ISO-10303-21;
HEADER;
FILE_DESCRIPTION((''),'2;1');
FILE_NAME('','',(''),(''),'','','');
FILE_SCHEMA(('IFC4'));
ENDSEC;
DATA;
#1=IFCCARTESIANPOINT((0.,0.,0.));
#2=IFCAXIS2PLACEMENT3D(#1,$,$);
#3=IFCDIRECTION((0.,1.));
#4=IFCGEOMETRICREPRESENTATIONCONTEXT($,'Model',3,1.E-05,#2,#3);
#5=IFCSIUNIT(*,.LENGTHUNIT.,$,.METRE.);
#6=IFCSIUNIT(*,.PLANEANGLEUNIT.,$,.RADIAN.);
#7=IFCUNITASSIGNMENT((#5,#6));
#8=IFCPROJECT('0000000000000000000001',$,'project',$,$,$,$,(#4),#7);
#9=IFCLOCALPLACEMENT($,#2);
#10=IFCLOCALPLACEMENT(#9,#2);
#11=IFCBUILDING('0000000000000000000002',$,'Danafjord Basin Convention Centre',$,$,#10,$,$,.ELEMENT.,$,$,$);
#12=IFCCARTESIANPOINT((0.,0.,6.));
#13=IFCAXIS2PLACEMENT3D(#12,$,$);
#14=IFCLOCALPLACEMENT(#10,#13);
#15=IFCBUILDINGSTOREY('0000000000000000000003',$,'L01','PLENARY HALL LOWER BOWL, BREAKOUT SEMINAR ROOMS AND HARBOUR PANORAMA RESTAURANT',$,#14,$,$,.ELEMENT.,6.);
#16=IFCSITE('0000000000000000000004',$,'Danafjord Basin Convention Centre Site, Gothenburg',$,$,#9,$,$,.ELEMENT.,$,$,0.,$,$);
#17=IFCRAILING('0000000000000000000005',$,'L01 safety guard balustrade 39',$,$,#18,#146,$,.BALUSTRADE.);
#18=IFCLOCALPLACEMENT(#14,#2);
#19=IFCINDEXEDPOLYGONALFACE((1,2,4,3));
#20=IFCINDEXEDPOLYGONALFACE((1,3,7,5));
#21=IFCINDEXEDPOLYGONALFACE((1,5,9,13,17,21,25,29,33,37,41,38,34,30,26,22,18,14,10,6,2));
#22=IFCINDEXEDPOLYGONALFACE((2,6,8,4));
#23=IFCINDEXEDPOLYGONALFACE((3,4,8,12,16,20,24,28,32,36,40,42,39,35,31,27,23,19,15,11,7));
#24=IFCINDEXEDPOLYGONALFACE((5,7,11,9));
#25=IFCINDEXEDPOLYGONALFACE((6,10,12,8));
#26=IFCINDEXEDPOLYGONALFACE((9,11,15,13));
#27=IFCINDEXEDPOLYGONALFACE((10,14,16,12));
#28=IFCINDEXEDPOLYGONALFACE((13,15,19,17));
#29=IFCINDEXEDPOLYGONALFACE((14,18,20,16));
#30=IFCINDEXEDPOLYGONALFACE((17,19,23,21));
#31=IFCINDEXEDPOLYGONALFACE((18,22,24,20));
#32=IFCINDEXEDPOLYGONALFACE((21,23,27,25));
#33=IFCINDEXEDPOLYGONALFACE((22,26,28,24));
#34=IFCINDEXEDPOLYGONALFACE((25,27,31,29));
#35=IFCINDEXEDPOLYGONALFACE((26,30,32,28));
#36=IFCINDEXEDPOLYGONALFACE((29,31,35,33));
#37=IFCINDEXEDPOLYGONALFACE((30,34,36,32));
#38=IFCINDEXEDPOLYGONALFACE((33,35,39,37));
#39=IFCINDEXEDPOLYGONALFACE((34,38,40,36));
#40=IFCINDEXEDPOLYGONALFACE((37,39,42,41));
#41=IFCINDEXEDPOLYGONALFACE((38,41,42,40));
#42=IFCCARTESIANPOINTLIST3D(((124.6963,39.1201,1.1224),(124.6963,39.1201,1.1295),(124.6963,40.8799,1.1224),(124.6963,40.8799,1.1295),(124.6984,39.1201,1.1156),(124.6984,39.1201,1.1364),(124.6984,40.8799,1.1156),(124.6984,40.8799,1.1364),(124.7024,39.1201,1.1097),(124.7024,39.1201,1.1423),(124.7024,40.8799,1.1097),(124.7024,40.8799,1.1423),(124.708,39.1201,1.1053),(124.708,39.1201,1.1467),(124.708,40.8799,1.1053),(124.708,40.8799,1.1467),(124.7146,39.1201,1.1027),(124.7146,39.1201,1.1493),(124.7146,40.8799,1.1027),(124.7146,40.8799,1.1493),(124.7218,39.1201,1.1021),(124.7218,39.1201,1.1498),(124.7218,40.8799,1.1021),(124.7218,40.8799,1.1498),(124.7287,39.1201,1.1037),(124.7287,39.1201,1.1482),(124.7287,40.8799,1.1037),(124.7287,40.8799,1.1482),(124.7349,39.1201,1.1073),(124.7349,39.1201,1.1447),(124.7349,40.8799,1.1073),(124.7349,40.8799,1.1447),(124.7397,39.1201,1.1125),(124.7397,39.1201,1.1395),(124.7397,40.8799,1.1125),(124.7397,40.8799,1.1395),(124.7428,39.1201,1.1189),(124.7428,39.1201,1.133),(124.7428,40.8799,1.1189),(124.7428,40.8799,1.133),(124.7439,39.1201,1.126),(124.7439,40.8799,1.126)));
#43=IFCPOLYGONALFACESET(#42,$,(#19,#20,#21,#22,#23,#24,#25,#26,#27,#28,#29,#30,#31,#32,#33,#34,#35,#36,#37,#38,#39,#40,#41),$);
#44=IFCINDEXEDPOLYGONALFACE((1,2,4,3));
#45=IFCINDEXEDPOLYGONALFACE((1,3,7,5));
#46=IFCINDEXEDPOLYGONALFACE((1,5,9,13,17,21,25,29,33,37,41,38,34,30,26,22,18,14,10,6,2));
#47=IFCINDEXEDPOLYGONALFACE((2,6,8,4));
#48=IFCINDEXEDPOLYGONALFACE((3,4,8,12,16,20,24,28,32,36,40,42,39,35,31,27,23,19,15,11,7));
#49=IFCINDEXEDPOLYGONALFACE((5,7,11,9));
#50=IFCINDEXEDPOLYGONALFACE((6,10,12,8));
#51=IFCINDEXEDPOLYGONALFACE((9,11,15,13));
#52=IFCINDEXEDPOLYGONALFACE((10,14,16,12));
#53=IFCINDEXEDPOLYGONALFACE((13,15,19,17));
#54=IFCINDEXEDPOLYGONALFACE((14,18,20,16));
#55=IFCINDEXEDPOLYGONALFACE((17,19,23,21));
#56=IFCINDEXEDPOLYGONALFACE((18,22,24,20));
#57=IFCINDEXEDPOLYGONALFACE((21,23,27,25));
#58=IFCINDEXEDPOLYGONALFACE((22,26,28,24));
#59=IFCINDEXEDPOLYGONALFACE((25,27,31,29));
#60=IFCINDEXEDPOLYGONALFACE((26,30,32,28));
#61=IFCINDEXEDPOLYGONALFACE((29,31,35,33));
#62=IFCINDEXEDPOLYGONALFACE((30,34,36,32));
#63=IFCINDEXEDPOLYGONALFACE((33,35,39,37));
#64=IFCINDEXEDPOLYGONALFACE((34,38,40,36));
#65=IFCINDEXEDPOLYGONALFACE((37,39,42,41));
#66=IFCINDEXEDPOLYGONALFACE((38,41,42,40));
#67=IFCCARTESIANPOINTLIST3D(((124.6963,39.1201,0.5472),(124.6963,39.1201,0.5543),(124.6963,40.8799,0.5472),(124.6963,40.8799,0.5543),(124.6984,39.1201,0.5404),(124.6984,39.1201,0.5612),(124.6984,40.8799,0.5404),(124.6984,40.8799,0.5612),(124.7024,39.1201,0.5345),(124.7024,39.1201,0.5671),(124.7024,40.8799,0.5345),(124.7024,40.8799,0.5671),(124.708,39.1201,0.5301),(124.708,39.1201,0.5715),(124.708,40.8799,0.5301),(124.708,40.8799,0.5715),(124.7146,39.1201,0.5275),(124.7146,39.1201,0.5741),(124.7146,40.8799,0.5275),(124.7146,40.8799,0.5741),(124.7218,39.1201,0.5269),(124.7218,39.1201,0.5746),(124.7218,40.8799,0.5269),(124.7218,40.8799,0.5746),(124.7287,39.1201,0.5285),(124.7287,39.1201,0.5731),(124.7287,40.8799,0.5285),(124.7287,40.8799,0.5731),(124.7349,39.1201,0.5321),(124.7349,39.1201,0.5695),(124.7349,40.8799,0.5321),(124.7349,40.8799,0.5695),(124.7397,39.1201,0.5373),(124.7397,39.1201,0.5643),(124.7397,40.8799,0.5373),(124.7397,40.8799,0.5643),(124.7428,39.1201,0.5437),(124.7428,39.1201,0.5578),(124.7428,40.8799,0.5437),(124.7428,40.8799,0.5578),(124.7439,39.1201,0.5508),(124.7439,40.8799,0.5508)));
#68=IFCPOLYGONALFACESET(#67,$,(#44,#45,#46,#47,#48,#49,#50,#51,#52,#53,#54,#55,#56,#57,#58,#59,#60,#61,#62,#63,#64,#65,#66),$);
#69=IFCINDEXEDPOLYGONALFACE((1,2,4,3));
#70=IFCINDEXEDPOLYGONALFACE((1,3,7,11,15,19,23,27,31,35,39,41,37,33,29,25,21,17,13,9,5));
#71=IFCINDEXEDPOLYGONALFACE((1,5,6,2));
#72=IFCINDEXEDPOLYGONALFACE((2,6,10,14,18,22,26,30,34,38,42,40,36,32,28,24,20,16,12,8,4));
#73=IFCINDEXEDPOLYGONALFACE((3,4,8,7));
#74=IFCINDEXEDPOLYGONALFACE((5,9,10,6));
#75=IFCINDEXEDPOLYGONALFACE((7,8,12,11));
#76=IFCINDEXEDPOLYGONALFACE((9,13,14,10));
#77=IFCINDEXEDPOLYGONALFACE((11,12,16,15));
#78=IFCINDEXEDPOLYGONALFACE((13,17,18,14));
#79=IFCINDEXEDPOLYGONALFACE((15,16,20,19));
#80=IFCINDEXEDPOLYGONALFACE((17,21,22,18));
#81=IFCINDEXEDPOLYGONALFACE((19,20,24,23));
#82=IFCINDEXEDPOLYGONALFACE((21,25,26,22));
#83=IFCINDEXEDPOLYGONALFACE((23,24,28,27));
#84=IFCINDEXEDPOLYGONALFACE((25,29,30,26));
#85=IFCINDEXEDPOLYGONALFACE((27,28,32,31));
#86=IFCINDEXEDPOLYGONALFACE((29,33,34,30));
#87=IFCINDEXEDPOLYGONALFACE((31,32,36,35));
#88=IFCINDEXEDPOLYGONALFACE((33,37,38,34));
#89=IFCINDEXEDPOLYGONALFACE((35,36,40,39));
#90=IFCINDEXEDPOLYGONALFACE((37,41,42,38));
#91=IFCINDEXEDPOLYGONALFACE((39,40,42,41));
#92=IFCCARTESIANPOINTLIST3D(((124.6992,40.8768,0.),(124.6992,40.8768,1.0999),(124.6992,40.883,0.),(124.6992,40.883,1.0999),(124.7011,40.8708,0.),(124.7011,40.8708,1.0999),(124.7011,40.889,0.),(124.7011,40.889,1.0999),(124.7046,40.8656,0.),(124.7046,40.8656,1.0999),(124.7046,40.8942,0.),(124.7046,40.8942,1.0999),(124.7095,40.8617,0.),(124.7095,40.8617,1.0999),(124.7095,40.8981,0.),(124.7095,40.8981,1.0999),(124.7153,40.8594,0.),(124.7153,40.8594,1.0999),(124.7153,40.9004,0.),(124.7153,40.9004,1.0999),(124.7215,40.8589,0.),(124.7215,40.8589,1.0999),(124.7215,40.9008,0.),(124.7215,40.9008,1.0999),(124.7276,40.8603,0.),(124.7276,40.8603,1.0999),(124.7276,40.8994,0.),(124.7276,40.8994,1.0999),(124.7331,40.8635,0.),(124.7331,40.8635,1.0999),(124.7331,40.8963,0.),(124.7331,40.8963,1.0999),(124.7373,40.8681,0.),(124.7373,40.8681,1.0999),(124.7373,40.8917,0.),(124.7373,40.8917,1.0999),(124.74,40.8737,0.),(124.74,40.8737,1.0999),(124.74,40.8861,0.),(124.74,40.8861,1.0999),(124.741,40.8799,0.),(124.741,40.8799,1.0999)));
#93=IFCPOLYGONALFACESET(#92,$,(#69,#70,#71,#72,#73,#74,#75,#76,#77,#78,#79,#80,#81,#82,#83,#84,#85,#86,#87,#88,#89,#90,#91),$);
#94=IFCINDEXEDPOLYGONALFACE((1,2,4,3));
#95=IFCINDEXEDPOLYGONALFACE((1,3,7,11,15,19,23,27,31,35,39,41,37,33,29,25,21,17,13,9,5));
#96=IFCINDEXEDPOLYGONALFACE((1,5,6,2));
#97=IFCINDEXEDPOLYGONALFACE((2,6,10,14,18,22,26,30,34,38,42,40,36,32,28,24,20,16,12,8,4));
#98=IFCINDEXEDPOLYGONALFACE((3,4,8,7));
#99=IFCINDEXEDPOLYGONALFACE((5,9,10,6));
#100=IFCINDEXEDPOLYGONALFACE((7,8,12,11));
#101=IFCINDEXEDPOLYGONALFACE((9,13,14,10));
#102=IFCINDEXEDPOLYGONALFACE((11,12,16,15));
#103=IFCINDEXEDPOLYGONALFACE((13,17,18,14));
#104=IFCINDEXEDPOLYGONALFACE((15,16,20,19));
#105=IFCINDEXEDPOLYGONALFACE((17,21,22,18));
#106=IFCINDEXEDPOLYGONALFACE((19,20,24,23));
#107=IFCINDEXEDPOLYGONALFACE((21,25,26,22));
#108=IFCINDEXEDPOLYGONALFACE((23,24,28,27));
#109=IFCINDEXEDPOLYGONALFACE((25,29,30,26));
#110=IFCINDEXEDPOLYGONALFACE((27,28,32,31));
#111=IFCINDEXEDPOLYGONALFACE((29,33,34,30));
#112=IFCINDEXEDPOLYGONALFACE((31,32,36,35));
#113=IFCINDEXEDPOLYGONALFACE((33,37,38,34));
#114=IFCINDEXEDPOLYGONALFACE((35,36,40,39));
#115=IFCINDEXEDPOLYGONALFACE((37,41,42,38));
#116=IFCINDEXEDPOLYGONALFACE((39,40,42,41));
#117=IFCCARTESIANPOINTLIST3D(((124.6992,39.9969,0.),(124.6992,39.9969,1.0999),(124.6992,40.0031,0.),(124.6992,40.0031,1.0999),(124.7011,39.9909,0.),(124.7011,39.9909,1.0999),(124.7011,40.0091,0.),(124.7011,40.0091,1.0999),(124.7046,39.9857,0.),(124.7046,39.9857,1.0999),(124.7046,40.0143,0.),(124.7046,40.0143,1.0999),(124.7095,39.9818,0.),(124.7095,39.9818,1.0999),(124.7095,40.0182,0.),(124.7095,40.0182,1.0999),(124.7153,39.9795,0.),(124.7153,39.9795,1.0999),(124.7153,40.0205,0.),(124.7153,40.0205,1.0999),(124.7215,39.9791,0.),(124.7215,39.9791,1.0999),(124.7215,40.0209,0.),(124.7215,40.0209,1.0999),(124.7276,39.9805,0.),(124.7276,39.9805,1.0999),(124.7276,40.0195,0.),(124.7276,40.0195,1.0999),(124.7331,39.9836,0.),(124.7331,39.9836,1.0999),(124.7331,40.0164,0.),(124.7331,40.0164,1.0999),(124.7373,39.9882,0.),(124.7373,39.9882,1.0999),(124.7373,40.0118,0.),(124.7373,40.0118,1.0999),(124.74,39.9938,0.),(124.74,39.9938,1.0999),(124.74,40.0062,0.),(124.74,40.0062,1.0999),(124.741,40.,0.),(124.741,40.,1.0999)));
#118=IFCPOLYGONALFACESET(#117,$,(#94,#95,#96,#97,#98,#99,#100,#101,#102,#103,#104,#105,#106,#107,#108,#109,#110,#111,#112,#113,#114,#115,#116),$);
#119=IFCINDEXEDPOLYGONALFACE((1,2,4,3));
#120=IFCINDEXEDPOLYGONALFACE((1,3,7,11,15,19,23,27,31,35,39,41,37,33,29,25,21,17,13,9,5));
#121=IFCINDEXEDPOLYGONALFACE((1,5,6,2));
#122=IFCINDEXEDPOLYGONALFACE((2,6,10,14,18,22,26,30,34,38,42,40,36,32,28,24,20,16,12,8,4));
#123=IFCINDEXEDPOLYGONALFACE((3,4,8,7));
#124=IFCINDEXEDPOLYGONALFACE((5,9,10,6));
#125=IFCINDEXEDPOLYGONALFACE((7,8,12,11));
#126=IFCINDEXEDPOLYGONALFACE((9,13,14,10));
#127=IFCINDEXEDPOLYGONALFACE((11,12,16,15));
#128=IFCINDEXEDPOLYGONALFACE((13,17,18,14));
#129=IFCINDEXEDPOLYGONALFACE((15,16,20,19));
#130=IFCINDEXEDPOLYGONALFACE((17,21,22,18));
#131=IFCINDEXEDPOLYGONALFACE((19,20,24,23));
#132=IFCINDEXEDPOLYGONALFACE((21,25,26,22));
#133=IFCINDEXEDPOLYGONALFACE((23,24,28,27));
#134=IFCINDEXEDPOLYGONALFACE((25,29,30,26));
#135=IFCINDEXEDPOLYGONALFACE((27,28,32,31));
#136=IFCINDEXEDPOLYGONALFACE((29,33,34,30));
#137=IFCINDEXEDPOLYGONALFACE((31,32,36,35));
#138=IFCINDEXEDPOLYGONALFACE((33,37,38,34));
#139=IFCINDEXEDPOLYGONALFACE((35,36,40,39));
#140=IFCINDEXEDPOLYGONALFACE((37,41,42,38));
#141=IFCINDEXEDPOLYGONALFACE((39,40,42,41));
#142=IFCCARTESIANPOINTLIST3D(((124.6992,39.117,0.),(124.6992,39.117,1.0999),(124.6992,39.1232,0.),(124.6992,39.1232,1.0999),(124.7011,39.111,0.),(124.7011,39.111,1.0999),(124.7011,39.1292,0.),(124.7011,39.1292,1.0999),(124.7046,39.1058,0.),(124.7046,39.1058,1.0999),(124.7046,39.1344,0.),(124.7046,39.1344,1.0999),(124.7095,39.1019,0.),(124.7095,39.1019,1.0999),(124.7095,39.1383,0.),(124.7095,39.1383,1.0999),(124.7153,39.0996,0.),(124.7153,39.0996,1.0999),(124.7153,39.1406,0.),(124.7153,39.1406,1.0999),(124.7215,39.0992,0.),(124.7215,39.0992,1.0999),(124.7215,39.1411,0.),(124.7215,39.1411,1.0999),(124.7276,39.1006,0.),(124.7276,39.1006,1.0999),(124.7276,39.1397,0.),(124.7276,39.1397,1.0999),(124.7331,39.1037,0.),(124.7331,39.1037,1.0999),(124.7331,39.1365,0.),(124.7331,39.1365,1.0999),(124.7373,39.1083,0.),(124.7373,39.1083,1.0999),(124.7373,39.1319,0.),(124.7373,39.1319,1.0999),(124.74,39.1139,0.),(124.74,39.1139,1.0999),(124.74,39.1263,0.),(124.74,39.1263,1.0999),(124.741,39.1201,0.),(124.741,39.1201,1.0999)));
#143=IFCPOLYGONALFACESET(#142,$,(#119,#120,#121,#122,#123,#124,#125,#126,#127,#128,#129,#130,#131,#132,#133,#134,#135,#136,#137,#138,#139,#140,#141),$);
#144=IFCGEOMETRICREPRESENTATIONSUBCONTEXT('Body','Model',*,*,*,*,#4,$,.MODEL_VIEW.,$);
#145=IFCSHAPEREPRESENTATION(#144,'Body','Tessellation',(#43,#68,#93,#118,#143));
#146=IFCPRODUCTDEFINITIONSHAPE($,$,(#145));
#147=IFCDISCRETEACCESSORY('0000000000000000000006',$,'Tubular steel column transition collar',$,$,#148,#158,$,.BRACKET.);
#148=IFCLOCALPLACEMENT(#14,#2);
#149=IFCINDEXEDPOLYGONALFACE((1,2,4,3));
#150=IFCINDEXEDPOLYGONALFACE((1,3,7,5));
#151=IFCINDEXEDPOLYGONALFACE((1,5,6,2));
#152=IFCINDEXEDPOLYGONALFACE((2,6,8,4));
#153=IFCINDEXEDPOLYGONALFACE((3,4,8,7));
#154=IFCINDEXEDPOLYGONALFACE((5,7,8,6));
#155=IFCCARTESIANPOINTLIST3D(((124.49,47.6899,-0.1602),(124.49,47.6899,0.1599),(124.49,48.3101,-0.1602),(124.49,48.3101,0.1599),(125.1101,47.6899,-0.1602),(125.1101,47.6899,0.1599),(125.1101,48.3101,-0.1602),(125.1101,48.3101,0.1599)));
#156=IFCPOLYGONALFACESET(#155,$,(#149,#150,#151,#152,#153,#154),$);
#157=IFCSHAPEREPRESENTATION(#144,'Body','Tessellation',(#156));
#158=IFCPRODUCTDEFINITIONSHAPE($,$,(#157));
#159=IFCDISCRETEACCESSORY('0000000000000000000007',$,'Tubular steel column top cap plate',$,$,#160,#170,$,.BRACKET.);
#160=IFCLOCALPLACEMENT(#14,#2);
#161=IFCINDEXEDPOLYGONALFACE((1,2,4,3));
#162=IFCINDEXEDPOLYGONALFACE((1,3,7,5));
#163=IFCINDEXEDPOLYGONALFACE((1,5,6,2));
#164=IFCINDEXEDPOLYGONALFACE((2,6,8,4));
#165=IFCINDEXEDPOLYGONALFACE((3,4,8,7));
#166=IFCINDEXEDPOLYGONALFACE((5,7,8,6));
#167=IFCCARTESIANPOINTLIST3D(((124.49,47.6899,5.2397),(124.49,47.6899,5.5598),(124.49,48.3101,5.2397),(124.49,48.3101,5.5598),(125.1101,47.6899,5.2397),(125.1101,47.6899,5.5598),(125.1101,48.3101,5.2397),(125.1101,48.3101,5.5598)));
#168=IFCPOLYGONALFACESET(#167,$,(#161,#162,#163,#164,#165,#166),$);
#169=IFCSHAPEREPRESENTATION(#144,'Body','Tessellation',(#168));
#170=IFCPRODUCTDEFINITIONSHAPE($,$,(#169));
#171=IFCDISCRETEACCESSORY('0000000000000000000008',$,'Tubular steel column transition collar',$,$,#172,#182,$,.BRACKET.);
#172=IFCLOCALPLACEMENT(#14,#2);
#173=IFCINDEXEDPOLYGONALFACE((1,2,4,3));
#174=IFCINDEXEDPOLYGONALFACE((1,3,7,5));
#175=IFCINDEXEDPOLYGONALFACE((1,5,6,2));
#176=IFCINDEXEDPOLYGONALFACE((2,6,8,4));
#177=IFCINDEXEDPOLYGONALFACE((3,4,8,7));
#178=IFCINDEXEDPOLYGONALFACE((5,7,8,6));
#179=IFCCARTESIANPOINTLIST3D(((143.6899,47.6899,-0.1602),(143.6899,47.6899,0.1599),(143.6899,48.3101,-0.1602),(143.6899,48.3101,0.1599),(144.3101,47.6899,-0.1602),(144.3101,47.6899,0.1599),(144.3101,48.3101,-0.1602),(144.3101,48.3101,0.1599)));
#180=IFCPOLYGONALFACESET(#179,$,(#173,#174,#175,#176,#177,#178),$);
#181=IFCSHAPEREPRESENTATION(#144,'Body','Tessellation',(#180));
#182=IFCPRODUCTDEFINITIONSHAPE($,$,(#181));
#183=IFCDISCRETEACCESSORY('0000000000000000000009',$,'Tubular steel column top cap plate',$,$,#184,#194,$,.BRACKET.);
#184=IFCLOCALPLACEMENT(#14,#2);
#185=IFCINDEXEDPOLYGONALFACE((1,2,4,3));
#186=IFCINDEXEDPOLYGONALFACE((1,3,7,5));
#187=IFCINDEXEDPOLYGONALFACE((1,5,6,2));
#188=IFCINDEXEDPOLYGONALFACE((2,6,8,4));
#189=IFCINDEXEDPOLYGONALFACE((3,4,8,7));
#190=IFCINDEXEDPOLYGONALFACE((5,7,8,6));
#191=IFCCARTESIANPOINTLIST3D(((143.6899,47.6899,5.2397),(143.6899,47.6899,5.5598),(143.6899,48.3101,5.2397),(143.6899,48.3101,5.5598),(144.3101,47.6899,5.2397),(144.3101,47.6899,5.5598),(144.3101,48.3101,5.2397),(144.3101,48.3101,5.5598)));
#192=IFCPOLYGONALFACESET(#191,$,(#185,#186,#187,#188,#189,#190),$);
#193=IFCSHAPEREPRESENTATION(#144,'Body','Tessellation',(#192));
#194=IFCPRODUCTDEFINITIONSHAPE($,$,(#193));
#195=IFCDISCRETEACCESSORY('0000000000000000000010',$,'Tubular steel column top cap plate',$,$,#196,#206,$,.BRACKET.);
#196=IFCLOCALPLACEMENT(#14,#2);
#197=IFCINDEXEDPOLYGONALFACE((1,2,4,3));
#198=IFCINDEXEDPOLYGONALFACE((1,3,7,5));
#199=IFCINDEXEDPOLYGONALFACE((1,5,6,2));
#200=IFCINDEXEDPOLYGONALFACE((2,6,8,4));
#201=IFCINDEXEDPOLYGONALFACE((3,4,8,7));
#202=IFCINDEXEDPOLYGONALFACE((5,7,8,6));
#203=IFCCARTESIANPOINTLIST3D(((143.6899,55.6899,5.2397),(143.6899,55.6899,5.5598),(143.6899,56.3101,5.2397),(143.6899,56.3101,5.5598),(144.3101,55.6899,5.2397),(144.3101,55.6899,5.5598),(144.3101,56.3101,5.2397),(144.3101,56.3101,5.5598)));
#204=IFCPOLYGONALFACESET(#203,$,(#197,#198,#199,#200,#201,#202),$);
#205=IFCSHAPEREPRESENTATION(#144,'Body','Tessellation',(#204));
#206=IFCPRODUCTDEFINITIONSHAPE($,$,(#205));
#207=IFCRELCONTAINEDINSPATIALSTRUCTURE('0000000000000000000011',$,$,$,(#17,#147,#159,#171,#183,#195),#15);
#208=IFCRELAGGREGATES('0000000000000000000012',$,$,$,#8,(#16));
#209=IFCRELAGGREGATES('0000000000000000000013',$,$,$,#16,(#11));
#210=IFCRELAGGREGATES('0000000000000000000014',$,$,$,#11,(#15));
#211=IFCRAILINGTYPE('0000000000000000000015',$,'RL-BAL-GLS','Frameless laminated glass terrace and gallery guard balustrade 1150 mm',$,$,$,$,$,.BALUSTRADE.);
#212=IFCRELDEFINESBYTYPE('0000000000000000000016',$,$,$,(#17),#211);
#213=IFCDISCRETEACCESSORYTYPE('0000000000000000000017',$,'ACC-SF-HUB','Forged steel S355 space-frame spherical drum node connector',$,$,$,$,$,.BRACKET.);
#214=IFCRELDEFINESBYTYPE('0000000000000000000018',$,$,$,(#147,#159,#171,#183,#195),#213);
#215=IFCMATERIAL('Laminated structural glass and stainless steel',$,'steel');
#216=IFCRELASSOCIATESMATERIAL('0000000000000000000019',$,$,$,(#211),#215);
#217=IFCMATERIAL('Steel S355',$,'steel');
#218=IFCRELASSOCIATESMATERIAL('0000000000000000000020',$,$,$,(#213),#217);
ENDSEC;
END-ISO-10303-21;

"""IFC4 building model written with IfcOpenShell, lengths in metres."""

from ifc_helpers import new_model, si_unit, direction, frame, origin, origin_2d, place, context, subcontext, project, spatial, rectangle, circle, extrude, material, type_object, element, save


model = new_model("IFC4")

# Units and contexts
model_context = context("Model", 3, precision=1e-05, world=origin(), true_north=direction((0.0, 1.0)))
body_context = subcontext(model_context, "Body", "Model", "MODEL_VIEW")
ifc_project = project(units=[si_unit("LENGTHUNIT", "METRE"), si_unit("PLANEANGLEUNIT", "RADIAN")], contexts=[model_context])

# Site, building, storey
site_placement = place(None, origin())
site = spatial("IfcSite", under=ifc_project, at=site_placement, Name="Danafjord Basin Convention Centre Site, Gothenburg", CompositionType="ELEMENT", RefElevation=0.0)
building_placement = place(site_placement, origin())
building = spatial("IfcBuilding", under=site, at=building_placement, Name="Danafjord Basin Convention Centre", CompositionType="ELEMENT")
storey_placement = place(building_placement, frame((0.0, 0.0, 6.0)))
storey = spatial("IfcBuildingStorey", under=building, at=storey_placement, Name="L01", Description="PLENARY HALL LOWER BOWL, BREAKOUT SEMINAR ROOMS AND HARBOUR PANORAMA RESTAURANT", CompositionType="ELEMENT", Elevation=6.0)

# Shared definitions
ifc_material_1 = material(Name="Steel S355", Category="steel")

# Railing
ifc_material_2 = material(Name="Laminated structural glass and stainless steel", Category="steel")
railing_type = type_object("IfcRailingType", Name="RL-BAL-GLS", Description="Frameless laminated glass terrace and gallery guard balustrade 1150 mm", PredefinedType="BALUSTRADE", material=ifc_material_2)
for number, where, name in (
    (1, (124.72, 40.8799, 0.0), "L01 safety guard balustrade 39"),
):
    element("IfcRailing", number, at=place(storey_placement, frame(where)), inside=storey, type_object=railing_type, Name=name, PredefinedType="BALUSTRADE", context=body_context, shape_type="SweptSolid", body=[
        extrude(circle(Radius=0.0239, at=origin_2d()), frame((0.0, 0.0, 1.126), z_axis=(0.0, -1.0, 0.0), x_axis=(1.0, 0.0, 0.0)), (0.0, 0.0, 1.0), 1.7598),
        extrude(circle(Radius=0.0239, at=origin_2d()), frame((0.0, 0.0, 0.5508), z_axis=(0.0, -1.0, 0.0), x_axis=(1.0, 0.0, 0.0)), (0.0, 0.0, 1.0), 1.7598),
        extrude(circle(Radius=0.021, at=origin_2d()), origin(), (0.0, 0.0, 1.0), 1.0999),
        extrude(circle(Radius=0.021, at=origin_2d()), frame((0.0, -0.8799, 0.0)), (0.0, 0.0, 1.0), 1.0999),
        extrude(circle(Radius=0.021, at=origin_2d()), frame((0.0, -1.7598, 0.0)), (0.0, 0.0, 1.0), 1.0999),
    ])

# Discrete accessories
discrete_accessory_type = type_object("IfcDiscreteAccessoryType", Name="ACC-SF-HUB", Description="Forged steel S355 space-frame spherical drum node connector", PredefinedType="BRACKET", material=ifc_material_1)
for number, where, z_axis, x_axis, name in (
    (2, (124.8, 48.0, -0.1602), (0.0, 0.0, 1.0), (1.0, 0.0, 0.0), "Tubular steel column transition collar"),
    (3, (124.8, 48.0, 5.2397), (0.0, 0.0, 1.0), (1.0, 0.0, 0.0), "Tubular steel column top cap plate"),
    (4, (144.0, 48.0, -0.1602), (0.0, 0.0, 1.0), (1.0, 0.0, 0.0), "Tubular steel column transition collar"),
    (5, (144.0, 48.0, 5.2397), (0.0, 0.0, 1.0), (1.0, 0.0, 0.0), "Tubular steel column top cap plate"),
    (6, (144.0, 56.0, 5.2397), (0.0, 0.0, 1.0), (1.0, 0.0, 0.0), "Tubular steel column top cap plate"),
):
    element("IfcDiscreteAccessory", number, at=place(storey_placement, frame(where, z_axis=z_axis, x_axis=x_axis)), inside=storey, type_object=discrete_accessory_type, Name=name, PredefinedType="BRACKET", context=body_context, shape_type="SweptSolid", body=[
        extrude(rectangle(XDim=0.6201, YDim=0.6201, at=origin_2d()), origin(), (0.0, 0.0, 1.0), 0.3201),
    ])

save(model, "model.ifc")
